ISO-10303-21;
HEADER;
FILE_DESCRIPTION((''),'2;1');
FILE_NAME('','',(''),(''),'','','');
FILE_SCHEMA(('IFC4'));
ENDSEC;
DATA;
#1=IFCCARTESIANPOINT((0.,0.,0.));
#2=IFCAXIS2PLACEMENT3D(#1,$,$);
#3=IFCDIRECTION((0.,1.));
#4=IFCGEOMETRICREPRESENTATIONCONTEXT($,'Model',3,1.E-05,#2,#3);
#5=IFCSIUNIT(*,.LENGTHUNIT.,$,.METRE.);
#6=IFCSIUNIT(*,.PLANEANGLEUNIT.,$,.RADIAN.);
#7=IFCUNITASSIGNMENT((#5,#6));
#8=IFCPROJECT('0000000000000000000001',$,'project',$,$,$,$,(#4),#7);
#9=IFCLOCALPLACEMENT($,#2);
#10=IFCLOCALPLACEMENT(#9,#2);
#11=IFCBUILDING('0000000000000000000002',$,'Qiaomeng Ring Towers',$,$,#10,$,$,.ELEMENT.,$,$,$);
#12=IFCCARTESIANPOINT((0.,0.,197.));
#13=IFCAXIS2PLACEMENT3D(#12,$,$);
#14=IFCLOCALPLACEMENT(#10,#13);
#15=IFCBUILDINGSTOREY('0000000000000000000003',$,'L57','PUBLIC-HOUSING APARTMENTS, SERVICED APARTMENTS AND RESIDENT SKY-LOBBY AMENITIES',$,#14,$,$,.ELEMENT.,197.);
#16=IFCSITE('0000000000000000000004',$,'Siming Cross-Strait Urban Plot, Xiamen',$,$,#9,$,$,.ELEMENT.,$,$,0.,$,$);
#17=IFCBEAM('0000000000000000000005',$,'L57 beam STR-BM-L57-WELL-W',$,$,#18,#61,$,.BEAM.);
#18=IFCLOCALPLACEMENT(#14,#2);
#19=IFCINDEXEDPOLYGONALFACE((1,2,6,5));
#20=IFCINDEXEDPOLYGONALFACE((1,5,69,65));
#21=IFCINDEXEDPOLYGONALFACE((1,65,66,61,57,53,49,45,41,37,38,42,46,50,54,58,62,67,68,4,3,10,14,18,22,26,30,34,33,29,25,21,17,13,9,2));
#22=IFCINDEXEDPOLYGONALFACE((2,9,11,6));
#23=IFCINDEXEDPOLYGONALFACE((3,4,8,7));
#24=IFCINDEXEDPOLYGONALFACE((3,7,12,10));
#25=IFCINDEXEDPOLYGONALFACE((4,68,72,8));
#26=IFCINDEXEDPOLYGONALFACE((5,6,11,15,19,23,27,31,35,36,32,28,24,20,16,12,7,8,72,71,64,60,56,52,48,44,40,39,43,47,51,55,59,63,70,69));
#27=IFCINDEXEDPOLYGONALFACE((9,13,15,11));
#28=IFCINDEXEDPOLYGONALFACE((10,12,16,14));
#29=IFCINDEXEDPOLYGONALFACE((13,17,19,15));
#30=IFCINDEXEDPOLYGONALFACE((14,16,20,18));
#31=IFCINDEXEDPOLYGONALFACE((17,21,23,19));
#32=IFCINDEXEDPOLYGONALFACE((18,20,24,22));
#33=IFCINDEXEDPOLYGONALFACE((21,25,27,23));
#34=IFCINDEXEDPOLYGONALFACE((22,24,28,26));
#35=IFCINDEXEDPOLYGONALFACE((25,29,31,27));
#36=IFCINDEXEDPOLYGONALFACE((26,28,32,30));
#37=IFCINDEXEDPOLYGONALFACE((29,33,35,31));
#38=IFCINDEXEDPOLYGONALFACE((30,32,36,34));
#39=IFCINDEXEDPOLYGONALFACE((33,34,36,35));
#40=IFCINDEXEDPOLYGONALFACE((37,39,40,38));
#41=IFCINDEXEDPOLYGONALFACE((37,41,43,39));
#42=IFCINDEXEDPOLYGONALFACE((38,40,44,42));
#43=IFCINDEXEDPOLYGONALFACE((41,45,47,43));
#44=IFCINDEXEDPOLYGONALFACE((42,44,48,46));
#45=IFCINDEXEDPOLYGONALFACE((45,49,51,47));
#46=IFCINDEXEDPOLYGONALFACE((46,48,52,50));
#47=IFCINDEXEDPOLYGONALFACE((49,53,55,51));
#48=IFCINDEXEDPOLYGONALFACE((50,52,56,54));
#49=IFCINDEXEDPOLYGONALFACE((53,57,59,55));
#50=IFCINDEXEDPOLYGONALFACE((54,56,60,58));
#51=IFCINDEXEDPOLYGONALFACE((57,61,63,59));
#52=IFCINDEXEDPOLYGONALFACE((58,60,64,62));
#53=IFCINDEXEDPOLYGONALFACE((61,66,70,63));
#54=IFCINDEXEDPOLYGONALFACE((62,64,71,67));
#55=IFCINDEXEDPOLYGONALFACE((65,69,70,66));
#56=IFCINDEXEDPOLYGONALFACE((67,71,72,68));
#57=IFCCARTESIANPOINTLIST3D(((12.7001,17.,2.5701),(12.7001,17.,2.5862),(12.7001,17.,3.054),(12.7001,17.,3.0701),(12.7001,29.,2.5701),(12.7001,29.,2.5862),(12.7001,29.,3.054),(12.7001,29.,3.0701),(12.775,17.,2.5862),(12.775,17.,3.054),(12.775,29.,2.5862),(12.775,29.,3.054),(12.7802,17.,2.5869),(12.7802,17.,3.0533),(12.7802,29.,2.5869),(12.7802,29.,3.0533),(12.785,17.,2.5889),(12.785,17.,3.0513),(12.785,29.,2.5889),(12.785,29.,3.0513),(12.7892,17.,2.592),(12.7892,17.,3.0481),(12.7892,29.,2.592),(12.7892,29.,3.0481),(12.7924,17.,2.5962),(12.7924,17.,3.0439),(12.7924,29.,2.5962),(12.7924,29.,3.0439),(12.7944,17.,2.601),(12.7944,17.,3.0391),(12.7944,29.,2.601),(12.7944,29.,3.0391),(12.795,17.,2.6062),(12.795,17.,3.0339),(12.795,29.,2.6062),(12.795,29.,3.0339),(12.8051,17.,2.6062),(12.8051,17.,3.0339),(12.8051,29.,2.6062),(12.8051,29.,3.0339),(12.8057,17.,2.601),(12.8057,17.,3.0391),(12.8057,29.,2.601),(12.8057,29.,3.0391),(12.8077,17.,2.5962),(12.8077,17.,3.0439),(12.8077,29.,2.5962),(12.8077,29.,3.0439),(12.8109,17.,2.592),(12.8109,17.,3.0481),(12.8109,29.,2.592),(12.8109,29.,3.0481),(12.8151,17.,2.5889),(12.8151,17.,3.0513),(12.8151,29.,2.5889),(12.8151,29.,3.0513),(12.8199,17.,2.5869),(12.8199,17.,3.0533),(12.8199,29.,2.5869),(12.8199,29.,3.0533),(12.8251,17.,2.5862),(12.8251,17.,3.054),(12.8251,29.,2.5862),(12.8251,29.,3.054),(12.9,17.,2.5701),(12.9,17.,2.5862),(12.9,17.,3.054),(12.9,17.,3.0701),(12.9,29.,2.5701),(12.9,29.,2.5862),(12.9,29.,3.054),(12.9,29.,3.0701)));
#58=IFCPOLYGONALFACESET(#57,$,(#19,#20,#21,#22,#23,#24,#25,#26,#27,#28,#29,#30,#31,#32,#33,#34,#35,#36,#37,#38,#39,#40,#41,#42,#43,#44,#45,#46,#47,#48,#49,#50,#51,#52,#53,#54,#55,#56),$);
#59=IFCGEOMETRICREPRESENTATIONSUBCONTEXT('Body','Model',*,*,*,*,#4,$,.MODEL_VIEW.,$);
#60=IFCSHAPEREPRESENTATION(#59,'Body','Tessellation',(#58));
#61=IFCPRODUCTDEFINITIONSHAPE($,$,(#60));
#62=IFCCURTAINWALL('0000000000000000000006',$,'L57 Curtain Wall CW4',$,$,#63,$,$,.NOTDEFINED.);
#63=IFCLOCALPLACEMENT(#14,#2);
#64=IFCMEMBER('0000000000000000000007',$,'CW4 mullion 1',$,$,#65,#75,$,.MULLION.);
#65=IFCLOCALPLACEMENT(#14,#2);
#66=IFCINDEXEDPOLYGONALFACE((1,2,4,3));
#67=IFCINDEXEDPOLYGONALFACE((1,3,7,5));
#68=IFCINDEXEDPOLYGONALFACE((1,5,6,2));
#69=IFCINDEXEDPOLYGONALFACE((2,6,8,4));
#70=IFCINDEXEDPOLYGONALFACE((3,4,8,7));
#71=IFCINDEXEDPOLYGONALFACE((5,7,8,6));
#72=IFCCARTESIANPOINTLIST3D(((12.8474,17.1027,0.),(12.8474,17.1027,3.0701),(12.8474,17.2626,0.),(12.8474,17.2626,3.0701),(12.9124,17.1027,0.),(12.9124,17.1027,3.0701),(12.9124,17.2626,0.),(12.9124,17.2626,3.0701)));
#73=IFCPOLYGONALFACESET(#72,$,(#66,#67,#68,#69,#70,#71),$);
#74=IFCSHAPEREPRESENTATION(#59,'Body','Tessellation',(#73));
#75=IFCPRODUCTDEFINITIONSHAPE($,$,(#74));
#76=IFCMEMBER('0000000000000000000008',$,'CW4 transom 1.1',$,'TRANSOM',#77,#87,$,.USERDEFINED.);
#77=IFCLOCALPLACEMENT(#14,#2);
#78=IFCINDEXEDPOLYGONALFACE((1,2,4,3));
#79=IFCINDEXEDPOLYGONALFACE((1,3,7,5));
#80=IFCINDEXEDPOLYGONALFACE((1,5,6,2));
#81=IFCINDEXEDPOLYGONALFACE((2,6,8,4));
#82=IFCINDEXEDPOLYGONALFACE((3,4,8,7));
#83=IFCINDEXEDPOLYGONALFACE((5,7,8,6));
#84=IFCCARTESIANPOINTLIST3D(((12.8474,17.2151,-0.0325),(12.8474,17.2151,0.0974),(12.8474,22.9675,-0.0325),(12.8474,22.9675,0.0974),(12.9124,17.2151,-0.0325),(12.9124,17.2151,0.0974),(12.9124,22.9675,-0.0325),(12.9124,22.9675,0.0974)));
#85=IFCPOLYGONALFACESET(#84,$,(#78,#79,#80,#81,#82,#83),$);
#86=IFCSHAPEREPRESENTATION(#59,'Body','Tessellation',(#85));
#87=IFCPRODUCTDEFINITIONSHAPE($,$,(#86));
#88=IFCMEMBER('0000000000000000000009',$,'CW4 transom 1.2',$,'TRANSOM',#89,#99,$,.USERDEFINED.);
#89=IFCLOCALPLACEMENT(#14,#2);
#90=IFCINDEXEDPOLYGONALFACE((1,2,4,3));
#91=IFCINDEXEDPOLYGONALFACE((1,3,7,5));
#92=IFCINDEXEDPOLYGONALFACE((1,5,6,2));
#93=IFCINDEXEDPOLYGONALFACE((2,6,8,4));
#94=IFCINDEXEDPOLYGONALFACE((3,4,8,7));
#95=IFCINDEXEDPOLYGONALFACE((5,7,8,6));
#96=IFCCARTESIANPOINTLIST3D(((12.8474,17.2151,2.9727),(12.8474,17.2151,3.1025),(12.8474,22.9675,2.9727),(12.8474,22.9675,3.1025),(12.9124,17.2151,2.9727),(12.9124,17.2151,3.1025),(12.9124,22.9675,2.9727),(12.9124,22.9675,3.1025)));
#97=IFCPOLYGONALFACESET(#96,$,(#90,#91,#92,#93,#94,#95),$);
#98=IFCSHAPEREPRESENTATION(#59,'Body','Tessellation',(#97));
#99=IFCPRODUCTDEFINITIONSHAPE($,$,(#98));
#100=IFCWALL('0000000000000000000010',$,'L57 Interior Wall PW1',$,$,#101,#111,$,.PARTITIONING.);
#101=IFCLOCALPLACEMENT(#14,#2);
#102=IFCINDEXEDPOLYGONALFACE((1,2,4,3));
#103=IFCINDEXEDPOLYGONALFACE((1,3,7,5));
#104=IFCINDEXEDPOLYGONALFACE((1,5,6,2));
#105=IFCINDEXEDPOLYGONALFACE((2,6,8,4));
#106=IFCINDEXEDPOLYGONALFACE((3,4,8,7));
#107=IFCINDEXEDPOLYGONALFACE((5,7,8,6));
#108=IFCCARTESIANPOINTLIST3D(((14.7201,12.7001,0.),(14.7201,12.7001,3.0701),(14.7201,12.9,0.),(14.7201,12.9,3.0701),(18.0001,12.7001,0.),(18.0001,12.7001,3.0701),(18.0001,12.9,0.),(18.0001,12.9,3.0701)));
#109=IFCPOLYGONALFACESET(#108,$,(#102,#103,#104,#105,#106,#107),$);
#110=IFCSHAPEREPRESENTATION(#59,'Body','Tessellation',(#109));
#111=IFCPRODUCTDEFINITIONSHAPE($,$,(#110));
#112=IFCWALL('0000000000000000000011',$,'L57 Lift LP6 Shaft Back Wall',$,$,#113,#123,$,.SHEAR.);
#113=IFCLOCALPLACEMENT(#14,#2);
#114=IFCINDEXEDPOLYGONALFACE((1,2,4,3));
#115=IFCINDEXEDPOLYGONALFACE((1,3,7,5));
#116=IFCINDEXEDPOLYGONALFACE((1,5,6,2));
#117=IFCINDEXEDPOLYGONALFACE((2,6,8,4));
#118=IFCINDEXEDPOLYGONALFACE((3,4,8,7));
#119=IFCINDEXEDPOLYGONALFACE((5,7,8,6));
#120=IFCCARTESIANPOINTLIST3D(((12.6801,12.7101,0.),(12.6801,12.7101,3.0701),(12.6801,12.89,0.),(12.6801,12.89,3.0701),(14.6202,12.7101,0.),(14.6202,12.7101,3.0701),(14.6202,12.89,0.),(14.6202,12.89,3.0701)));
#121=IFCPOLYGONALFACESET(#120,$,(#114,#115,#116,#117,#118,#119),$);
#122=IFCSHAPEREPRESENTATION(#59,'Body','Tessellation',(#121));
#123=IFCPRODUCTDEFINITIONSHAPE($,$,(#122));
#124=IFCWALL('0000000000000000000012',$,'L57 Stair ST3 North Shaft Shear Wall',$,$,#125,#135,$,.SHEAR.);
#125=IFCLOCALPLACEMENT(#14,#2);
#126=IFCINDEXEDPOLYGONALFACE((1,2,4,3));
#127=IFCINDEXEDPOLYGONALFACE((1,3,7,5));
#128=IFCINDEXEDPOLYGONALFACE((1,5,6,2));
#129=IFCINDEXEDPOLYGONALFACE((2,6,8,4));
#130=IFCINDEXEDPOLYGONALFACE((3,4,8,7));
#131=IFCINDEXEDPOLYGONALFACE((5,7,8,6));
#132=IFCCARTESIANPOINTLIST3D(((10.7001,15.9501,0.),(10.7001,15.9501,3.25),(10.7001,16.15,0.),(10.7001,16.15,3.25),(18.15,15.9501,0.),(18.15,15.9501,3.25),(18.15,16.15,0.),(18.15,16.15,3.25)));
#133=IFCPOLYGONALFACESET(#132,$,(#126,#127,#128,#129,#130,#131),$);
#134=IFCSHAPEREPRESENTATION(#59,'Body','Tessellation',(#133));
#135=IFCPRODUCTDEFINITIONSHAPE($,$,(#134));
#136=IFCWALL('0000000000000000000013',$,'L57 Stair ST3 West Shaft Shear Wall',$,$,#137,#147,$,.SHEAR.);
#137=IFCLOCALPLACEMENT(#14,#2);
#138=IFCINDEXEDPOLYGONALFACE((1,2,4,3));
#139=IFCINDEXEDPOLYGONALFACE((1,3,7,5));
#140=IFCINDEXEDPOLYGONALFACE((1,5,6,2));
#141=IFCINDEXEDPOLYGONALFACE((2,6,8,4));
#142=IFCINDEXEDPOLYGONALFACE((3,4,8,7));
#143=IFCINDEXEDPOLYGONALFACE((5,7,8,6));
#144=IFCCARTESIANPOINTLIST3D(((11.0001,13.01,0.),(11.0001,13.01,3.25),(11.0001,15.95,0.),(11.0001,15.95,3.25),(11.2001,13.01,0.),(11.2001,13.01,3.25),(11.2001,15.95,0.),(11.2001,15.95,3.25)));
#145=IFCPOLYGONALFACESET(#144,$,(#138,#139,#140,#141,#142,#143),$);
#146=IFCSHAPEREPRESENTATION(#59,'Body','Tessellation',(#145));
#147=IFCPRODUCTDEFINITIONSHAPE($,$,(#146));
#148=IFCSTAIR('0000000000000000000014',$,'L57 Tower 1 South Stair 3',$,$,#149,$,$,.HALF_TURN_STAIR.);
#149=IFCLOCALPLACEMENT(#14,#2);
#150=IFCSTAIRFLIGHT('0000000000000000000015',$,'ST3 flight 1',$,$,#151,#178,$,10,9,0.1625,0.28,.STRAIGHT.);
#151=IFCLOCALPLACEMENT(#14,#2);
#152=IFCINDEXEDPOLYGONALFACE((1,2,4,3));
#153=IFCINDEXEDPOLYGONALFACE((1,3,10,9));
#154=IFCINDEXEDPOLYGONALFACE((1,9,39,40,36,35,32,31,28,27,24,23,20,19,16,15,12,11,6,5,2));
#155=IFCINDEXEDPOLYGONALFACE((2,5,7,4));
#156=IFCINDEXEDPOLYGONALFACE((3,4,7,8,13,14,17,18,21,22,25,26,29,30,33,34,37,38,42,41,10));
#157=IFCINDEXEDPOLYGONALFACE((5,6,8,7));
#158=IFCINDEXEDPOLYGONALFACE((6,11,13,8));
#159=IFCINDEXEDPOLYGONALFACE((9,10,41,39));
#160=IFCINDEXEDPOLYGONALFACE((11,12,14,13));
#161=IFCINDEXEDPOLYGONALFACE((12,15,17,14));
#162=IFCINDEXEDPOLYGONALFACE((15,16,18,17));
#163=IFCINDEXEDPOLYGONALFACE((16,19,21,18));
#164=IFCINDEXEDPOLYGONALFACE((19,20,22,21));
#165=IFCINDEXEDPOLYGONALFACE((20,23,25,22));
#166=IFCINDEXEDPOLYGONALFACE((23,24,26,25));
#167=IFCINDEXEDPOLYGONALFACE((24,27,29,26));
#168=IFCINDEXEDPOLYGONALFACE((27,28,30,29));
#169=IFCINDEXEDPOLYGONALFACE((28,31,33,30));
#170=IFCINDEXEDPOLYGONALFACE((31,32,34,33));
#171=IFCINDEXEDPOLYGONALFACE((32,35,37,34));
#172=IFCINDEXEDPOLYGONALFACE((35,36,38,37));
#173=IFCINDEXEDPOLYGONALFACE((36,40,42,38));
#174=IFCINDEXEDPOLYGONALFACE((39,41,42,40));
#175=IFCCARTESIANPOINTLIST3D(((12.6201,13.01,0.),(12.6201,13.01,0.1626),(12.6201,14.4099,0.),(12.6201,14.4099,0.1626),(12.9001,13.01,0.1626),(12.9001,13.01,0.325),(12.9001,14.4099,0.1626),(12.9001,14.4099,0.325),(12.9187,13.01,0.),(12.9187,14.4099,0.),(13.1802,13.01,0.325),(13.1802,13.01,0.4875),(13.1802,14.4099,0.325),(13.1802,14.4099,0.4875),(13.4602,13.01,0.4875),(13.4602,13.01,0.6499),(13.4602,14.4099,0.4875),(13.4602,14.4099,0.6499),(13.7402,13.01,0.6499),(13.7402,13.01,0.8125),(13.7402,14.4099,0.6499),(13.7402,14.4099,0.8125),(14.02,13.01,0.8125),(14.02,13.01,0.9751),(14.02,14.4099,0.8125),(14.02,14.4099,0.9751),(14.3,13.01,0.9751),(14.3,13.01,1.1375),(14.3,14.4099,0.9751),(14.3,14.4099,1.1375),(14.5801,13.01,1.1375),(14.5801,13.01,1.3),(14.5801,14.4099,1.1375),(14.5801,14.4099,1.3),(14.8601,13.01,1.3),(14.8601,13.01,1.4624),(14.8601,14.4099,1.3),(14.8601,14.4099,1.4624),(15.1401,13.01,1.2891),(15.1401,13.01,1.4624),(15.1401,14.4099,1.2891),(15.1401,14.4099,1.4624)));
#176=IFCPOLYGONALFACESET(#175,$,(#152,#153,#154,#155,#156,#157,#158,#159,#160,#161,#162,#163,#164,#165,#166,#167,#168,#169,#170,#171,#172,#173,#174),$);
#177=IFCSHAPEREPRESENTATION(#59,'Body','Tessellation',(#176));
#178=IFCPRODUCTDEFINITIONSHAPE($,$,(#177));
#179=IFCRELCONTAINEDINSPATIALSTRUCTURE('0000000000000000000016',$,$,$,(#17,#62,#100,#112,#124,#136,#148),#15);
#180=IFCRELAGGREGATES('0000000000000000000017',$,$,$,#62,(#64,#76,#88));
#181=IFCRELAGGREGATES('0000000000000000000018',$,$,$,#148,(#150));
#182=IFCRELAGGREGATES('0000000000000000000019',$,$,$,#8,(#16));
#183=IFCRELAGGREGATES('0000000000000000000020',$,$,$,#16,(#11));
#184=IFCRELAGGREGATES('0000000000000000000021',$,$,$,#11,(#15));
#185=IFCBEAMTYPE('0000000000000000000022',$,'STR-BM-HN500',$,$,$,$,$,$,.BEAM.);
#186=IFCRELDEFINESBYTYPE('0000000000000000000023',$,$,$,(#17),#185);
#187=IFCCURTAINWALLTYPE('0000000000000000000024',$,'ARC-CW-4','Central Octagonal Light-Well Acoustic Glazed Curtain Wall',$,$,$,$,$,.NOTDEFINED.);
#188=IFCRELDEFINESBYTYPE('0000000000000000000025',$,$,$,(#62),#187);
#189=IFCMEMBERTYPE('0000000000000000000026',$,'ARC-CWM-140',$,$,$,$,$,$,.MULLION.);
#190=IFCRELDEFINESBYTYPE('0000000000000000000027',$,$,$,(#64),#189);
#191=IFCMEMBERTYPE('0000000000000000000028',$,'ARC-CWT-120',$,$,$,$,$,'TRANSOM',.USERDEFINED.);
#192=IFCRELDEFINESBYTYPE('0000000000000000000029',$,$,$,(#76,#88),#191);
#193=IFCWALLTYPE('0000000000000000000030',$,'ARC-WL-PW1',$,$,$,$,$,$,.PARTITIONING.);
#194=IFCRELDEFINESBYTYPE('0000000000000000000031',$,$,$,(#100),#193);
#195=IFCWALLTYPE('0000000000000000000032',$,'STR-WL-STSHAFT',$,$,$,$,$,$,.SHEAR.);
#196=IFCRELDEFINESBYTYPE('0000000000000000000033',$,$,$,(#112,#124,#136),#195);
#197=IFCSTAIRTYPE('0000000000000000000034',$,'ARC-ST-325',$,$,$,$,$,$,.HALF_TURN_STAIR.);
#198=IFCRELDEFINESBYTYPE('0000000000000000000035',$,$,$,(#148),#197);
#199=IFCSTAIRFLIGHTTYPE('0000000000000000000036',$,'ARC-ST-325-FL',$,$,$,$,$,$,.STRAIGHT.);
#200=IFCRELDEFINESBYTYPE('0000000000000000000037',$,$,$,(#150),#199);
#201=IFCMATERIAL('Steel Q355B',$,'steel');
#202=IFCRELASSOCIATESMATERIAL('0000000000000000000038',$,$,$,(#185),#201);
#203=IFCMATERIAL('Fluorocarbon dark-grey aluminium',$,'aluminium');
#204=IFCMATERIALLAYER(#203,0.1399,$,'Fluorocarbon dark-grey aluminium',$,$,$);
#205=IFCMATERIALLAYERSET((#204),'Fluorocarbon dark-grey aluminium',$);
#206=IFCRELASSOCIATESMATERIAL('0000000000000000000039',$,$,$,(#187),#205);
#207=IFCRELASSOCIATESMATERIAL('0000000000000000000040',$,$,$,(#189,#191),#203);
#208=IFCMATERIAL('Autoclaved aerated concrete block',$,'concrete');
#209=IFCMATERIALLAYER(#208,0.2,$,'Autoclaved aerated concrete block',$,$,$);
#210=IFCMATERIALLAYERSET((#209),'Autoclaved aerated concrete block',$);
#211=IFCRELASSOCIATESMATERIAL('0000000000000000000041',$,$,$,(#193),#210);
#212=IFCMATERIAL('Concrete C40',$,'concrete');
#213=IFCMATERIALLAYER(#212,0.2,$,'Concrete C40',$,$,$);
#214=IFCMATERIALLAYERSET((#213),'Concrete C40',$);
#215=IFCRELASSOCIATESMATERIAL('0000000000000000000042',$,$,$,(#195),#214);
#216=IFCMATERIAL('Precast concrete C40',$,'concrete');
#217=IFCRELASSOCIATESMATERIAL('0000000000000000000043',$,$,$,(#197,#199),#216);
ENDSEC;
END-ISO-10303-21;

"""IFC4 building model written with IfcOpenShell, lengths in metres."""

from ifc_helpers import new_model, si_unit, direction, frame, frame_2d, origin, origin_2d, place, context, subcontext, project, spatial, polyline, rectangle, i_section, outline, extrude, source, transform, mapped, material, layer, layer_set, material_profile, profile_set, type_object, element, aggregate, save


model = new_model("IFC4")

# Units and contexts
model_context = context("Model", 3, precision=1e-05, world=origin(), true_north=direction((0.0, 1.0)))
body_context = subcontext(model_context, "Body", "Model", "MODEL_VIEW")
ifc_project = project(units=[si_unit("LENGTHUNIT", "METRE"), si_unit("PLANEANGLEUNIT", "RADIAN")], contexts=[model_context])

# Site, building, storey
site_placement = place(None, origin())
site = spatial("IfcSite", under=ifc_project, at=site_placement, Name="Siming Cross-Strait Urban Plot, Xiamen", CompositionType="ELEMENT", RefElevation=0.0)
building_placement = place(site_placement, origin())
building = spatial("IfcBuilding", under=site, at=building_placement, Name="Qiaomeng Ring Towers", CompositionType="ELEMENT")
storey_placement = place(building_placement, frame((0.0, 0.0, 197.0)))
storey = spatial("IfcBuildingStorey", under=building, at=storey_placement, Name="L57", Description="PUBLIC-HOUSING APARTMENTS, SERVICED APARTMENTS AND RESIDENT SKY-LOBBY AMENITIES", CompositionType="ELEMENT", Elevation=197.0)

# Beam
ifc_material_1 = material(Name="Steel Q355B", Category="steel")
ifc_material_profile_1 = material_profile(ifc_material_1, i_section(OverallWidth=0.2, OverallDepth=0.5, WebThickness=0.01, FlangeThickness=0.0161, FilletRadius=0.02, at=origin_2d()), Name="HN 500x200x10x16")
ifc_profile_set_1 = profile_set([ifc_material_profile_1], Name="Steel Q355B")
beam_type = type_object("IfcBeamType", Name="STR-BM-HN500", PredefinedType="BEAM", material=ifc_profile_set_1)
shared_shape_1 = source(origin(), body_context, "Body", "SweptSolid", [
    extrude(i_section(OverallWidth=0.2, OverallDepth=0.5, WebThickness=0.01, FlangeThickness=0.0161, FilletRadius=0.02, at=origin_2d()), origin(), (0.0, 0.0, 1.0), 12.0),
])
beam_placement = place(storey_placement, frame((12.8, 17.0, 2.8201), z_axis=(0.0, 1.0, 0.0), x_axis=(-1.0, 0.0, 0.0)))
element("IfcBeam", 1, at=beam_placement, inside=storey, type_object=beam_type, Name="L57 beam STR-BM-L57-WELL-W", PredefinedType="BEAM", context=body_context, shape_type="MappedRepresentation", body=[
    mapped(shared_shape_1, transform((0.0, 0.0, 0.0), x_axis=(1.0, 0.0, 0.0), y_axis=(0.0, 1.0, 0.0), z_axis=(0.0, 0.0, 1.0), scale=1.0)),
])

# Curtain wall, members
ifc_material_2 = material(Name="Fluorocarbon dark-grey aluminium", Category="aluminium")
ifc_layer_1 = layer(ifc_material_2, 0.1399, Name="Fluorocarbon dark-grey aluminium")
ifc_layer_set_1 = layer_set([ifc_layer_1], Name="Fluorocarbon dark-grey aluminium")
curtain_wall_type = type_object("IfcCurtainWallType", Name="ARC-CW-4", Description="Central Octagonal Light-Well Acoustic Glazed Curtain Wall", PredefinedType="NOTDEFINED", material=ifc_layer_set_1)
curtain_wall_placement = place(storey_placement, origin())
curtain_wall = element("IfcCurtainWall", 2, at=curtain_wall_placement, inside=storey, type_object=curtain_wall_type, Name="L57 Curtain Wall CW4", PredefinedType="NOTDEFINED")
ifc_material_profile_2 = material_profile(ifc_material_2, rectangle(XDim=0.0649, YDim=0.1599, at=origin_2d()), Name="ALU MULL 65x160")
ifc_profile_set_2 = profile_set([ifc_material_profile_2], Name="Fluorocarbon dark-grey aluminium")
member_type_1 = type_object("IfcMemberType", Name="ARC-CWM-140", PredefinedType="MULLION", material=ifc_profile_set_2)
shared_shape_2 = source(origin(), body_context, "Body", "SweptSolid", [
    extrude(rectangle(XDim=0.0649, YDim=0.1599, at=origin_2d()), origin(), (0.0, 0.0, 1.0), 3.0701),
])
member_1_placement = place(storey_placement, frame((12.8799, 17.1826, 0.0), z_axis=(0.0, 0.0, 1.0), x_axis=(-1.0, 0.0, 0.0)))
member_1 = element("IfcMember", 3, at=member_1_placement, type_object=member_type_1, Name="CW4 mullion 1", PredefinedType="MULLION", context=body_context, shape_type="MappedRepresentation", body=[
    mapped(shared_shape_2, transform((0.0, 0.0, 0.0), x_axis=(1.0, 0.0, 0.0), y_axis=(0.0, 1.0, 0.0), z_axis=(0.0, 0.0, 1.0), scale=1.0)),
])
ifc_material_profile_3 = material_profile(ifc_material_2, rectangle(XDim=0.0649, YDim=0.1299, at=origin_2d()), Name="ALU TRAN 65x130")
ifc_profile_set_3 = profile_set([ifc_material_profile_3], Name="Fluorocarbon dark-grey aluminium")
member_type_2 = type_object("IfcMemberType", Name="ARC-CWT-120", ElementType="TRANSOM", PredefinedType="USERDEFINED", material=ifc_profile_set_3)
shared_shape_3 = source(origin(), body_context, "Body", "SweptSolid", [
    extrude(rectangle(XDim=0.0649, YDim=0.1299, at=origin_2d()), origin(), (0.0, 0.0, 1.0), 5.7524),
])
member_2_placement = place(storey_placement, frame((12.8799, 17.2151, 0.0325), z_axis=(0.0, 1.0, 0.0), x_axis=(-1.0, 0.0, 0.0)))
member_2 = element("IfcMember", 4, at=member_2_placement, type_object=member_type_2, Name="CW4 transom 1.1", ObjectType="TRANSOM", PredefinedType="USERDEFINED", context=body_context, shape_type="MappedRepresentation", body=[
    mapped(shared_shape_3, transform((0.0, 0.0, 0.0), x_axis=(1.0, 0.0, 0.0), y_axis=(0.0, 1.0, 0.0), z_axis=(0.0, 0.0, 1.0), scale=1.0)),
])
member_3_placement = place(storey_placement, frame((12.8799, 17.2151, 3.0376), z_axis=(0.0, 1.0, 0.0), x_axis=(-1.0, 0.0, 0.0)))
member_3 = element("IfcMember", 5, at=member_3_placement, type_object=member_type_2, Name="CW4 transom 1.2", ObjectType="TRANSOM", PredefinedType="USERDEFINED", context=body_context, shape_type="MappedRepresentation", body=[
    mapped(shared_shape_3, transform((0.0, 0.0, 0.0), x_axis=(1.0, 0.0, 0.0), y_axis=(0.0, 1.0, 0.0), z_axis=(0.0, 0.0, 1.0), scale=1.0)),
])
aggregate(curtain_wall, [member_1, member_2, member_3])

# Walls
ifc_material_3 = material(Name="Autoclaved aerated concrete block", Category="concrete")
ifc_layer_2 = layer(ifc_material_3, 0.2, Name="Autoclaved aerated concrete block")
ifc_layer_set_2 = layer_set([ifc_layer_2], Name="Autoclaved aerated concrete block")
wall_type_1 = type_object("IfcWallType", Name="ARC-WL-PW1", PredefinedType="PARTITIONING", material=ifc_layer_set_2)
wall_1_placement = place(storey_placement, frame((14.72, 12.8, 0.0), z_axis=(0.0, 0.0, 1.0), x_axis=(1.0, 0.0, 0.0)))
element("IfcWall", 6, at=wall_1_placement, inside=storey, type_object=wall_type_1, Name="L57 Interior Wall PW1", PredefinedType="PARTITIONING", context=body_context, shape_type="SweptSolid", body=[
    extrude(rectangle(XDim=3.28, YDim=0.2, at=frame_2d((1.6401, 0.0))), origin(), (0.0, 0.0, 1.0), 3.0701),
])
ifc_material_4 = material(Name="Concrete C40", Category="concrete")
ifc_layer_3 = layer(ifc_material_4, 0.2, Name="Concrete C40")
ifc_layer_set_3 = layer_set([ifc_layer_3], Name="Concrete C40")
wall_type_2 = type_object("IfcWallType", Name="STR-WL-STSHAFT", PredefinedType="SHEAR", material=ifc_layer_set_3)
wall_2_placement = place(storey_placement, frame((12.6799, 12.8, 0.0), z_axis=(0.0, 0.0, 1.0), x_axis=(1.0, 0.0, 0.0)))
element("IfcWall", 7, at=wall_2_placement, inside=storey, type_object=wall_type_2, Name="L57 Lift LP6 Shaft Back Wall", PredefinedType="SHEAR", context=body_context, shape_type="SweptSolid", body=[
    extrude(rectangle(XDim=1.9402, YDim=0.1799, at=frame_2d((0.9702, 0.0))), origin(), (0.0, 0.0, 1.0), 3.0701),
])
wall_3_placement = place(storey_placement, frame((10.7, 16.05, 0.0), z_axis=(0.0, 0.0, 1.0), x_axis=(1.0, 0.0, 0.0)))
element("IfcWall", 8, at=wall_3_placement, inside=storey, type_object=wall_type_2, Name="L57 Stair ST3 North Shaft Shear Wall", PredefinedType="SHEAR", context=body_context, shape_type="SweptSolid", body=[
    extrude(rectangle(XDim=7.45, YDim=0.2, at=frame_2d((3.7251, 0.0))), origin(), (0.0, 0.0, 1.0), 3.25),
])
wall_4_placement = place(storey_placement, frame((11.1001, 13.01, 0.0), z_axis=(0.0, 0.0, 1.0), x_axis=(0.0, 1.0, 0.0)))
element("IfcWall", 9, at=wall_4_placement, inside=storey, type_object=wall_type_2, Name="L57 Stair ST3 West Shaft Shear Wall", PredefinedType="SHEAR", context=body_context, shape_type="SweptSolid", body=[
    extrude(rectangle(XDim=2.9399, YDim=0.2, at=frame_2d((1.47, 0.0))), origin(), (0.0, 0.0, 1.0), 3.25),
])

# Stair, stair flight
ifc_material_5 = material(Name="Precast concrete C40", Category="concrete")
stair_type = type_object("IfcStairType", Name="ARC-ST-325", PredefinedType="HALF_TURN_STAIR", material=ifc_material_5)
stair_placement = place(storey_placement, origin())
stair = element("IfcStair", 10, at=stair_placement, inside=storey, type_object=stair_type, Name="L57 Tower 1 South Stair 3", PredefinedType="HALF_TURN_STAIR")
stair_flight_type = type_object("IfcStairFlightType", Name="ARC-ST-325-FL", PredefinedType="STRAIGHT", material=ifc_material_5)
shared_shape_4 = source(origin(), body_context, "Body", "SweptSolid", [
    extrude(outline(polyline([(0.0, 0.0), (0.0, 0.1626), (0.28, 0.1626), (0.28, 0.325), (0.5601, 0.325), (0.5601, 0.4875), (0.8401, 0.4875), (0.8401, 0.6499), (1.1201, 0.6499), (1.1201, 0.8125), (1.3999, 0.8125), (1.3999, 0.9751), (1.6799, 0.9751), (1.6799, 1.1375), (1.96, 1.1375), (1.96, 1.3), (2.24, 1.3), (2.24, 1.4624), (2.52, 1.4624), (2.52, 1.625), (2.52, 1.2891), (0.2986, 0.0), (0.0, 0.0)])), frame((0.0, 0.7, 0.0), z_axis=(0.0, -1.0, 0.0), x_axis=(1.0, 0.0, 0.0)), (0.0, 0.0, 1.0), 1.3999),
])
stair_flight_1_placement = place(storey_placement, frame((12.6201, 13.71, 0.0), z_axis=(0.0, 0.0, 1.0), x_axis=(1.0, 0.0, 0.0)))
stair_flight_1 = element("IfcStairFlight", 11, at=stair_flight_1_placement, type_object=stair_flight_type, Name="ST3 flight 1", NumberOfRisers=10, NumberOfTreads=9, PredefinedType="STRAIGHT", RiserHeight=0.1625, TreadLength=0.28, context=body_context, shape_type="MappedRepresentation", body=[
    mapped(shared_shape_4, transform((0.0, 0.0, 0.0), x_axis=(1.0, 0.0, 0.0), y_axis=(0.0, 1.0, 0.0), z_axis=(0.0, 0.0, 1.0), scale=1.0)),
])
aggregate(stair, [stair_flight_1])

save(model, "model.ifc")
